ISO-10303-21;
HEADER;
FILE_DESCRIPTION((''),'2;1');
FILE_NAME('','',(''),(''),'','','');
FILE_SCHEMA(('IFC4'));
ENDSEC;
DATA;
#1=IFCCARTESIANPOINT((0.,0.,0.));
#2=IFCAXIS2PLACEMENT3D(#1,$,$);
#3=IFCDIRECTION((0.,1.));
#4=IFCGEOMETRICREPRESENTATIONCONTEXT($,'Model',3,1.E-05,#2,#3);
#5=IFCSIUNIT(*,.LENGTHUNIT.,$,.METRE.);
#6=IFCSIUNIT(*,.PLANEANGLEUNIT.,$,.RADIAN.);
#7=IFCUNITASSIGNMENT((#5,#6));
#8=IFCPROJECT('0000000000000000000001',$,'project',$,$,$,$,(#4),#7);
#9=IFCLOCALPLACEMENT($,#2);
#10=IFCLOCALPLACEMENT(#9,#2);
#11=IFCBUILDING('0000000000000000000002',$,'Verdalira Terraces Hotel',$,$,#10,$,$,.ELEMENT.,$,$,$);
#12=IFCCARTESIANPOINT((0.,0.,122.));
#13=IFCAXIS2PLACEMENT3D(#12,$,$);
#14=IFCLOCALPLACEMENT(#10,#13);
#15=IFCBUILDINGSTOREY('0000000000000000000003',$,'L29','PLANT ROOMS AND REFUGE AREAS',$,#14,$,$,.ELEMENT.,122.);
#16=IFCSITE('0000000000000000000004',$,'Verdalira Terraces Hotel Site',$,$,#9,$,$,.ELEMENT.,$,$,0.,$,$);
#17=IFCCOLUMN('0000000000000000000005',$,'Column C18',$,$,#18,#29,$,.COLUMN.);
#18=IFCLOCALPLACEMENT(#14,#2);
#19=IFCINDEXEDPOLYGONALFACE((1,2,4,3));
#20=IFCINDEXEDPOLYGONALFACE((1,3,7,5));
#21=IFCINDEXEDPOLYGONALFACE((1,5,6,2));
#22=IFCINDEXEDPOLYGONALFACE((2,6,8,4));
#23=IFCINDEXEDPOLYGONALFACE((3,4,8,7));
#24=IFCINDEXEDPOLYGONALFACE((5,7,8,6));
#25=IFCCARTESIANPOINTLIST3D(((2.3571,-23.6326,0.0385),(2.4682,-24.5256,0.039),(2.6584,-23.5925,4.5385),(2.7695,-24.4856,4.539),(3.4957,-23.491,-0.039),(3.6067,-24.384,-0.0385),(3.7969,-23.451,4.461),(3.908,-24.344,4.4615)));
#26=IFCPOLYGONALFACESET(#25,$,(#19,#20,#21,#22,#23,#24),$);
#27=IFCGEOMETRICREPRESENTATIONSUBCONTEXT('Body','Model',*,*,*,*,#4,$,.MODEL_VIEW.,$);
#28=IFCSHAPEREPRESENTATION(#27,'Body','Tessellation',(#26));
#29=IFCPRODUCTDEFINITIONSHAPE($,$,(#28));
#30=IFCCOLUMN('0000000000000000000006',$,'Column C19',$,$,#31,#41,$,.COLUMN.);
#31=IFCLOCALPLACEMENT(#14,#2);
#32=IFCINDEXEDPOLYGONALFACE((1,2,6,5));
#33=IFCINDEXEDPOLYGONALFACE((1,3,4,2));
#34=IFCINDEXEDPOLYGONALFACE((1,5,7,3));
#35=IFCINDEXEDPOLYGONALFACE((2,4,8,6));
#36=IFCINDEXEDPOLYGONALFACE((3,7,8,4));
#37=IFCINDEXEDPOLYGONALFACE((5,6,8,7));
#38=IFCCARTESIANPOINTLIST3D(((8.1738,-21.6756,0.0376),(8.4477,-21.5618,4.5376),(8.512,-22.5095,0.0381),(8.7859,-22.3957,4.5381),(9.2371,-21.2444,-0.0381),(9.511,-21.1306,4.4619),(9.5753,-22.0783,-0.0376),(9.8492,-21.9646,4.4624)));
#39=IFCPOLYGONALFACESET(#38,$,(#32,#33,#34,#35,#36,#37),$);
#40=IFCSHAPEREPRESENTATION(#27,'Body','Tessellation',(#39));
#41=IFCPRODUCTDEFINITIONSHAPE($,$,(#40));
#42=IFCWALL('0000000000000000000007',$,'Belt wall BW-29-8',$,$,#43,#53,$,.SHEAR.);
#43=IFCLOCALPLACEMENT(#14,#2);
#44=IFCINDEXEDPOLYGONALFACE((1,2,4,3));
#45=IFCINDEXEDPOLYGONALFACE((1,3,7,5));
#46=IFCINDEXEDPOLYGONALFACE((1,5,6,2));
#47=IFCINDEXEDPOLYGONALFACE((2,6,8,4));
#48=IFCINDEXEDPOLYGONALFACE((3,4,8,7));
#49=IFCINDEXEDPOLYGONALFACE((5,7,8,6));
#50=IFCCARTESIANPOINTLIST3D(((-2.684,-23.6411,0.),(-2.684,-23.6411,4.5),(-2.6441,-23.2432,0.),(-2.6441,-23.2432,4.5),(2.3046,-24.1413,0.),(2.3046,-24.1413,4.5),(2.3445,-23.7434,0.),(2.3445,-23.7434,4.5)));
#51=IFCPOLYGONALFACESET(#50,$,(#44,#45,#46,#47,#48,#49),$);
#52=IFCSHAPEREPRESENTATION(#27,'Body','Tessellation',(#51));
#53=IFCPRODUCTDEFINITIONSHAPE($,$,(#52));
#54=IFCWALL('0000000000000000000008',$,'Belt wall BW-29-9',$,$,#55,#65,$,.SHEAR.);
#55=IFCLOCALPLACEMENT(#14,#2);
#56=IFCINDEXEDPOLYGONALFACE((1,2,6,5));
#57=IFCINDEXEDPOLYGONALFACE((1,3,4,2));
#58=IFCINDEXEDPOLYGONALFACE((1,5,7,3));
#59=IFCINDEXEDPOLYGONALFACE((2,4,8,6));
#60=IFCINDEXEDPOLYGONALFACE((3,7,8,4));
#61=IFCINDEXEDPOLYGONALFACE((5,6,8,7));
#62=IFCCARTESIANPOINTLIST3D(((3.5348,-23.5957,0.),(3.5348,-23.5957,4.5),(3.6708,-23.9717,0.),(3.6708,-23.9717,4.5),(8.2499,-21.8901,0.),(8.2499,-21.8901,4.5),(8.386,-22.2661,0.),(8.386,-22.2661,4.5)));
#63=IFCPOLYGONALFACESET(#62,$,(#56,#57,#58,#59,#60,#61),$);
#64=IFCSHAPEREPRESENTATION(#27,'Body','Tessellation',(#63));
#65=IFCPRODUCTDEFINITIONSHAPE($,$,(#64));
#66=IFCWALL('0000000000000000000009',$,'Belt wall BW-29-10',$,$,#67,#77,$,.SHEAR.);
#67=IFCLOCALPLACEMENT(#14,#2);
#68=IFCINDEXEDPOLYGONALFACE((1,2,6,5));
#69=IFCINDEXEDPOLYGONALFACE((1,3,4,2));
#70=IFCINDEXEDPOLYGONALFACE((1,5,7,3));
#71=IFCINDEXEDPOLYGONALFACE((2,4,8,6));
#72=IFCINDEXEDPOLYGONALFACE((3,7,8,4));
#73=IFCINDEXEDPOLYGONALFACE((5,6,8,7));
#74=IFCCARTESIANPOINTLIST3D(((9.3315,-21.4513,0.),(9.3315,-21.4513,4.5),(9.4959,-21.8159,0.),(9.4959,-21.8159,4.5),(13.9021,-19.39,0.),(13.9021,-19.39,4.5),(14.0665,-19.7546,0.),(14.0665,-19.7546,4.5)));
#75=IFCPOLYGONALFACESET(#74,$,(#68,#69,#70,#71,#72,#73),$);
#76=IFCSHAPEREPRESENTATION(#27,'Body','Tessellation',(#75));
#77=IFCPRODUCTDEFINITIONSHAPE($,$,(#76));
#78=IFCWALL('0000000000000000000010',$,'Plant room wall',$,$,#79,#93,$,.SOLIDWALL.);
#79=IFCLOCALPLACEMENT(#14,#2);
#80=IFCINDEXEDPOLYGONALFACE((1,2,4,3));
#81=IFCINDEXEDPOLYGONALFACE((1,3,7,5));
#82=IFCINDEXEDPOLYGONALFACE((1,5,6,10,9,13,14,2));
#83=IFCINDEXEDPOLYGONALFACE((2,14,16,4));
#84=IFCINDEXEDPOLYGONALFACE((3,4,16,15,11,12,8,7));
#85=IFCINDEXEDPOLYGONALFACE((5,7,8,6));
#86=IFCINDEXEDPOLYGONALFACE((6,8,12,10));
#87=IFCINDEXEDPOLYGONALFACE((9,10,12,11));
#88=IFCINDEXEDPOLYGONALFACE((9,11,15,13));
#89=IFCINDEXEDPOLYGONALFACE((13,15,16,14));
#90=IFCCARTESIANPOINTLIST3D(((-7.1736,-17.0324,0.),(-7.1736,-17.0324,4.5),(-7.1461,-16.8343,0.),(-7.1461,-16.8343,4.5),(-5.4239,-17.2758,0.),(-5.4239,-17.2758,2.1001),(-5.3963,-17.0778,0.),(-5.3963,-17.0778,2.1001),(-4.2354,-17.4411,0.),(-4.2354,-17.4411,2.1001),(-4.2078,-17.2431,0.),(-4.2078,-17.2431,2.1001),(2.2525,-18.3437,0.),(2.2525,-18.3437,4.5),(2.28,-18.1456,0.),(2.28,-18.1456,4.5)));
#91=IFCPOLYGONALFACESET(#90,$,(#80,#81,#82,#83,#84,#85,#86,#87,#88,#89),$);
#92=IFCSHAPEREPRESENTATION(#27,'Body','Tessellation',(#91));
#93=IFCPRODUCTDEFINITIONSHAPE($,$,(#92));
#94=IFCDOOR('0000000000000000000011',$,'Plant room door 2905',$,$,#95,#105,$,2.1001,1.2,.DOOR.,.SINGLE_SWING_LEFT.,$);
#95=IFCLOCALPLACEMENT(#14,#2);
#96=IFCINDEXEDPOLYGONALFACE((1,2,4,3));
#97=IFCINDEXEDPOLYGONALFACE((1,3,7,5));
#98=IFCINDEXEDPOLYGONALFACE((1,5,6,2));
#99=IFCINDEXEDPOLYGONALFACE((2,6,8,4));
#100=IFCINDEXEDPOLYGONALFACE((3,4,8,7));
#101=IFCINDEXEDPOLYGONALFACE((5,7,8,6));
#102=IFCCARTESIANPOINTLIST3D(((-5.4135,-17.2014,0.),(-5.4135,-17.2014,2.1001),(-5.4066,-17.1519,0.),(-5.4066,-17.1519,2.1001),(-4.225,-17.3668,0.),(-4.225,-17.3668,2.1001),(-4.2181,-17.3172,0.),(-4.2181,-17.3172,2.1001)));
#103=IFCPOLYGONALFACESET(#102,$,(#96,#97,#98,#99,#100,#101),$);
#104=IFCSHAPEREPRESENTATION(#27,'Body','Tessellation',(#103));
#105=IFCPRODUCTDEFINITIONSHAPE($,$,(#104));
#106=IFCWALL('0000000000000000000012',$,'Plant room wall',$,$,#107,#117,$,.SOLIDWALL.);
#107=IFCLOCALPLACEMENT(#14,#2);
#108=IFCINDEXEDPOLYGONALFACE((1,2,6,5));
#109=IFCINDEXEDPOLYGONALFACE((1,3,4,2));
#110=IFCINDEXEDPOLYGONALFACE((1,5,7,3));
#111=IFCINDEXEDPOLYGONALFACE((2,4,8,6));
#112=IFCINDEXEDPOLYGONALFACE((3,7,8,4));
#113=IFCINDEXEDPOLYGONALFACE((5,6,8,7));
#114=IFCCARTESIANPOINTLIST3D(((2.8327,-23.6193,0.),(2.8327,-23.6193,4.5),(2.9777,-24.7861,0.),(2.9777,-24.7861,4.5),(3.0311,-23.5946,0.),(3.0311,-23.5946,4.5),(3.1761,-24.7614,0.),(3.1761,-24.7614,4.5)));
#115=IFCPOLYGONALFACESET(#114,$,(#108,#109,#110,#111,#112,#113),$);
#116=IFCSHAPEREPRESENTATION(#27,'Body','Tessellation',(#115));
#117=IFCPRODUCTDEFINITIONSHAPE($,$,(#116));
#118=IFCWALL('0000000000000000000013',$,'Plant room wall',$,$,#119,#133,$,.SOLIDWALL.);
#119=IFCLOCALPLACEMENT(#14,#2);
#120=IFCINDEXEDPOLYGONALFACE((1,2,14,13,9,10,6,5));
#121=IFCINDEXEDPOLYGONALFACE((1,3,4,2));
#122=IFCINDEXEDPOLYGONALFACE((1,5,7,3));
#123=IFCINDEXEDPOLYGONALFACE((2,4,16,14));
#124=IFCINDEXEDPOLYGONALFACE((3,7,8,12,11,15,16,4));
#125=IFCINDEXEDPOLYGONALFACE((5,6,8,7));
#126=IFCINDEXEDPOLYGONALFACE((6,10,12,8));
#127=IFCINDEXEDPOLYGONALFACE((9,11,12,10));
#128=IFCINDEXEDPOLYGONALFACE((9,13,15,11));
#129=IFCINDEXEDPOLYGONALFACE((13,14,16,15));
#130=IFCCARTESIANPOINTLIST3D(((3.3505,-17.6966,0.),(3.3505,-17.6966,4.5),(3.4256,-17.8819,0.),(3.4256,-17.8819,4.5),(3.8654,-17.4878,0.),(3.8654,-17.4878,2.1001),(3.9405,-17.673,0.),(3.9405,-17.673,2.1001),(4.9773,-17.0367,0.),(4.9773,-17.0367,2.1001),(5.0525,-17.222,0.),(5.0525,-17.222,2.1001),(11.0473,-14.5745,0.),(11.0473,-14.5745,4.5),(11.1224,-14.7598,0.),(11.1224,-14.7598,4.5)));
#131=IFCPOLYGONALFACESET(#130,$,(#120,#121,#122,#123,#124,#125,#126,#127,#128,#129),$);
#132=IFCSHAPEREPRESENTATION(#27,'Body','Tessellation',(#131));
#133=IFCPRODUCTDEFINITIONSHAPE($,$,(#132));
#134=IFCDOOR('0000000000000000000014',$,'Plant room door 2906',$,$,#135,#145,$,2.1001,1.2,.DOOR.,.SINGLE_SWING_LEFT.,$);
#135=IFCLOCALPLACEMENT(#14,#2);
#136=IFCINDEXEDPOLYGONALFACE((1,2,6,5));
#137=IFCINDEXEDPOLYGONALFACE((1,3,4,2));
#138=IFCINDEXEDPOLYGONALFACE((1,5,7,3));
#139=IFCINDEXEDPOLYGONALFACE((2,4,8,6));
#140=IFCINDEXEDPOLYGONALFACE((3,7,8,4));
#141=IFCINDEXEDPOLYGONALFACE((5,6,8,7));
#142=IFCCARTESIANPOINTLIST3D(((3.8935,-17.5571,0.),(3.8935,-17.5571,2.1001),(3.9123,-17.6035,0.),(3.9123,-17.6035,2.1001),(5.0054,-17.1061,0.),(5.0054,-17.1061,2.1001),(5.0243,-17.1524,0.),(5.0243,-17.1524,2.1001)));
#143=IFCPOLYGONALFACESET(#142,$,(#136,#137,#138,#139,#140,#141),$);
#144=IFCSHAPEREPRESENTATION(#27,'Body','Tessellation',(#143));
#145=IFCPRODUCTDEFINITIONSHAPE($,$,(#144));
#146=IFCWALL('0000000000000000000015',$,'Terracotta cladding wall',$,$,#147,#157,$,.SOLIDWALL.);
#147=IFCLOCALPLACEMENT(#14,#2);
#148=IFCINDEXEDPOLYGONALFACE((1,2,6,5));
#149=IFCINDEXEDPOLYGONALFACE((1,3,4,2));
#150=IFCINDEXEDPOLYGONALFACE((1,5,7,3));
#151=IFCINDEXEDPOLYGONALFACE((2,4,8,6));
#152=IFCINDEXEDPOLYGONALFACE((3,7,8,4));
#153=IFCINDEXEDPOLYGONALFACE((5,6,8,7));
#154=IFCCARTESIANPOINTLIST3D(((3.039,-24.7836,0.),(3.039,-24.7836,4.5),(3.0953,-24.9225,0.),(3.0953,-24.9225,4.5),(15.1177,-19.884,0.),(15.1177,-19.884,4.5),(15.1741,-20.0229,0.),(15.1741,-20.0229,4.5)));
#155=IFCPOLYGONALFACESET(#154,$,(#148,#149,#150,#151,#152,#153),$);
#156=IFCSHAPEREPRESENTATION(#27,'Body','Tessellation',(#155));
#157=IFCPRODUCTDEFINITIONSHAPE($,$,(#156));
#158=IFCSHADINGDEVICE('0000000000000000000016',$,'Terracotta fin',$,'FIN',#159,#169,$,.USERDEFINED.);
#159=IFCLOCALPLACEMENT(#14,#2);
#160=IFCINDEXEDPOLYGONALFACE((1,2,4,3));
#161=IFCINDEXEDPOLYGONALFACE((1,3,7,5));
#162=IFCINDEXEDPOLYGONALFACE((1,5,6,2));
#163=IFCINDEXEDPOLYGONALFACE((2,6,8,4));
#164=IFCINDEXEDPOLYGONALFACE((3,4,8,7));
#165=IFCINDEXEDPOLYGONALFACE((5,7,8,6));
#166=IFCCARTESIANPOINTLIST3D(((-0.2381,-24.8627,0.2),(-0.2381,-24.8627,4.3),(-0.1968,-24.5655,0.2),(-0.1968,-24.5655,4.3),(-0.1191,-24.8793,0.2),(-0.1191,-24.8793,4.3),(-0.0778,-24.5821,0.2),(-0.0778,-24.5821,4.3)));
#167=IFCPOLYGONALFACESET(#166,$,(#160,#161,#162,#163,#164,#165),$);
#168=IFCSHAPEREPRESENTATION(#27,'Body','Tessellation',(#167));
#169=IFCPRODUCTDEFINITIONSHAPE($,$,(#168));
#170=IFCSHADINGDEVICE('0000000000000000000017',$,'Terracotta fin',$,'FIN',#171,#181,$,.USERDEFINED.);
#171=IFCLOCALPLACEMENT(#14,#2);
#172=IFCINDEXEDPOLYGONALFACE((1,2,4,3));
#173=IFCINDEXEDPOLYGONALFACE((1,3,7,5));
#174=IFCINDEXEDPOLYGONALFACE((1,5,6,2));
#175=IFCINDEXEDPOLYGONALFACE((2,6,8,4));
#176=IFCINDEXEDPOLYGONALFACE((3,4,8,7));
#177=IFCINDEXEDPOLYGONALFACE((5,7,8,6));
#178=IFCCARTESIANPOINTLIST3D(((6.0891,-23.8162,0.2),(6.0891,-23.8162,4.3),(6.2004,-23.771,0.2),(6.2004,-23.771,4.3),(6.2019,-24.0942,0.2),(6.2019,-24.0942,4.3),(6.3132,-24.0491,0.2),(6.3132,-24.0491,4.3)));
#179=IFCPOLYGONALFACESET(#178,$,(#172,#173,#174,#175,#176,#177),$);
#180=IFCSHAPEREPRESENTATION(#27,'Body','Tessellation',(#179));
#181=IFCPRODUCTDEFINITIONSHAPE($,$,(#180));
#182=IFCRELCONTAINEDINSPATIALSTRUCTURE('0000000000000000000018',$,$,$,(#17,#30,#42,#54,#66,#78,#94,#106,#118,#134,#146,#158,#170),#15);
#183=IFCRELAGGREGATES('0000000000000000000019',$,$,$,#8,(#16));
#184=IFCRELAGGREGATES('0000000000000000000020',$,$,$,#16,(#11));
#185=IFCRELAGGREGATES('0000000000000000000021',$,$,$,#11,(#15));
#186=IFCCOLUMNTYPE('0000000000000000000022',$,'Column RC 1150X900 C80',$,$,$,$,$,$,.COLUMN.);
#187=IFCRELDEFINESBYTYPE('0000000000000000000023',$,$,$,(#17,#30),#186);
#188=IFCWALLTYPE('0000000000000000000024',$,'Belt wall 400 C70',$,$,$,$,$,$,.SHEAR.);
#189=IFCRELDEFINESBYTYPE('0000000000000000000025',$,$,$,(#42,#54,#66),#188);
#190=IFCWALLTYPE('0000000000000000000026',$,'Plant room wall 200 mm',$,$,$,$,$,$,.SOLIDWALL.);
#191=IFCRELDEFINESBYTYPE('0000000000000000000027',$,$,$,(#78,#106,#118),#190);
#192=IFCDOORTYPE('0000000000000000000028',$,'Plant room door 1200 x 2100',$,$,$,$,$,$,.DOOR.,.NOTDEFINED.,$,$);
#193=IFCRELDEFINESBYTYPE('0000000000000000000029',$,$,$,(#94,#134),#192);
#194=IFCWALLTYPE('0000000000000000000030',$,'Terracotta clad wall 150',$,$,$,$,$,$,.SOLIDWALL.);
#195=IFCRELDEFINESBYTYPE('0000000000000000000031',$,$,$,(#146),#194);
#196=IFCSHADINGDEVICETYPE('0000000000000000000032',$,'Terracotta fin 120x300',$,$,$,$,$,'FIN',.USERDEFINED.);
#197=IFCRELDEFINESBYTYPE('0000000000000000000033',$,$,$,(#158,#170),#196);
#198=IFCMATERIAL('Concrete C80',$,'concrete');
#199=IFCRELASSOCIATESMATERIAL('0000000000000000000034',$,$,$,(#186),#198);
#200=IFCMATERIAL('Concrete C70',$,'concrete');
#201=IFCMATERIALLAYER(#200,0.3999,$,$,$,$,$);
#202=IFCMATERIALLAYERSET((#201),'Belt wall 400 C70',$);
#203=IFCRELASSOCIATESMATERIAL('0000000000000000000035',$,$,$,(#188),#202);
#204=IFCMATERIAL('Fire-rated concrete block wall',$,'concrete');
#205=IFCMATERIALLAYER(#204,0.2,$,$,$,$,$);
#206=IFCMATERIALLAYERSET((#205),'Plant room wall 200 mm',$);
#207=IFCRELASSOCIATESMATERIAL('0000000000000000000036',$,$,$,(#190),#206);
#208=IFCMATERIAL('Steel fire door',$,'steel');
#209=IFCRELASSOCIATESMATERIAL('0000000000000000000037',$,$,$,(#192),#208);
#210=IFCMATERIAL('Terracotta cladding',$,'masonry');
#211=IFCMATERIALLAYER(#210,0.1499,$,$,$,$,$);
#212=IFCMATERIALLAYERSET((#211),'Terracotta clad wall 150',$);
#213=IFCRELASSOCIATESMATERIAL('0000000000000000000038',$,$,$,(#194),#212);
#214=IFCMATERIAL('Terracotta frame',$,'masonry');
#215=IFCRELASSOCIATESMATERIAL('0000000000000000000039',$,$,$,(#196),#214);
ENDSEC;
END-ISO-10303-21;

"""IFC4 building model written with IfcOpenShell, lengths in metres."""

from ifc_helpers import new_model, si_unit, direction, frame, frame_2d, origin, origin_2d, place, context, subcontext, project, spatial, rectangle, extrude, material, layer, layer_set, material_profile, profile_set, type_object, element, fill, save


model = new_model("IFC4")

# Units and contexts
model_context = context("Model", 3, precision=1e-05, world=origin(), true_north=direction((0.0, 1.0)))
body_context = subcontext(model_context, "Body", "Model", "MODEL_VIEW")
ifc_project = project(units=[si_unit("LENGTHUNIT", "METRE"), si_unit("PLANEANGLEUNIT", "RADIAN")], contexts=[model_context])

# Site, building, storey
site_placement = place(None, origin())
site = spatial("IfcSite", under=ifc_project, at=site_placement, Name="Verdalira Terraces Hotel Site", CompositionType="ELEMENT", RefElevation=0.0)
building_placement = place(site_placement, origin())
building = spatial("IfcBuilding", under=site, at=building_placement, Name="Verdalira Terraces Hotel", CompositionType="ELEMENT")
storey_placement = place(building_placement, frame((0.0, 0.0, 122.0)))
storey = spatial("IfcBuildingStorey", under=building, at=storey_placement, Name="L29", Description="PLANT ROOMS AND REFUGE AREAS", CompositionType="ELEMENT", Elevation=122.0)

# Columns
ifc_material_1 = material(Name="Concrete C80", Category="concrete")
ifc_material_profile_1 = material_profile(ifc_material_1, rectangle(XDim=1.1499, YDim=0.8999, at=origin_2d()), Name="RC 1150X900")
ifc_profile_set_1 = profile_set([ifc_material_profile_1], Name="Concrete C80")
column_type = type_object("IfcColumnType", Name="Column RC 1150X900 C80", PredefinedType="COLUMN", material=ifc_profile_set_1)
column_1_placement = place(storey_placement, frame((2.9819, -24.0083, 0.0), z_axis=(0.066797, 0.008877, 0.997727), x_axis=(-0.990102, -0.123115, 0.067382)))
element("IfcColumn", 1, at=column_1_placement, inside=storey, type_object=column_type, Name="Column C18", PredefinedType="COLUMN", context=body_context, shape_type="SweptSolid", body=[
    extrude(rectangle(XDim=1.1499, YDim=0.8999, at=origin_2d()), origin(), (0.0, 0.0, 1.0), 4.5103),
])
column_2_placement = place(storey_placement, frame((8.8745, -21.877, 0.0), z_axis=(0.060741, 0.025227, 0.997835), x_axis=(0.924703, 0.374966, -0.065769)))
element("IfcColumn", 2, at=column_2_placement, inside=storey, type_object=column_type, Name="Column C19", PredefinedType="COLUMN", context=body_context, shape_type="SweptSolid", body=[
    extrude(rectangle(XDim=1.1499, YDim=0.8999, at=origin_2d()), origin(), (0.0, 0.0, 1.0), 4.5098),
])

# Walls
ifc_material_2 = material(Name="Concrete C70", Category="concrete")
ifc_layer_1 = layer(ifc_material_2, 0.3999)
ifc_layer_set_1 = layer_set([ifc_layer_1], Name="Belt wall 400 C70")
wall_type_1 = type_object("IfcWallType", Name="Belt wall 400 C70", PredefinedType="SHEAR", material=ifc_layer_set_1)
wall_1_placement = place(storey_placement, frame((-2.6641, -23.4421, 0.0), z_axis=(0.0, 0.0, 1.0), x_axis=(0.99501, -0.099774, 0.0)))
element("IfcWall", 3, at=wall_1_placement, inside=storey, type_object=wall_type_1, Name="Belt wall BW-29-8", PredefinedType="SHEAR", context=body_context, shape_type="SweptSolid", body=[
    extrude(rectangle(XDim=5.0137, YDim=0.3999, at=frame_2d((2.5068, 0.0))), origin(), (0.0, 0.0, 1.0), 4.5),
])
wall_2_placement = place(storey_placement, frame((3.6028, -23.7837, 0.0), z_axis=(0.0, 0.0, 1.0), x_axis=(0.940369, 0.340155, 0.0)))
element("IfcWall", 4, at=wall_2_placement, inside=storey, type_object=wall_type_1, Name="Belt wall BW-29-9", PredefinedType="SHEAR", context=body_context, shape_type="SweptSolid", body=[
    extrude(rectangle(XDim=5.0142, YDim=0.3999, at=frame_2d((2.5071, 0.0))), origin(), (0.0, 0.0, 1.0), 4.5),
])
wall_3_placement = place(storey_placement, frame((9.4138, -21.6335, 0.0), z_axis=(0.0, 0.0, 1.0), x_axis=(0.911583, 0.411116, 0.0)))
element("IfcWall", 5, at=wall_3_placement, inside=storey, type_object=wall_type_1, Name="Belt wall BW-29-10", PredefinedType="SHEAR", context=body_context, shape_type="SweptSolid", body=[
    extrude(rectangle(XDim=5.0139, YDim=0.3999, at=frame_2d((2.5068, 0.0))), origin(), (0.0, 0.0, 1.0), 4.5),
])

# Wall, opening, door
ifc_material_3 = material(Name="Fire-rated concrete block wall", Category="concrete")
ifc_layer_2 = layer(ifc_material_3, 0.2)
ifc_layer_set_2 = layer_set([ifc_layer_2], Name="Plant room wall 200 mm")
wall_type_2 = type_object("IfcWallType", Name="Plant room wall 200 mm", PredefinedType="SOLIDWALL", material=ifc_layer_set_2)
wall_4_placement = place(storey_placement, frame((2.2661, -18.2446, 0.0), z_axis=(0.0, 0.0, 1.0), x_axis=(-0.990462, 0.137786, 0.0)))
wall_4 = element("IfcWall", 6, at=wall_4_placement, inside=storey, type_object=wall_type_2, Name="Plant room wall", PredefinedType="SOLIDWALL", context=body_context, shape_type="SweptSolid", body=[
    extrude(rectangle(XDim=9.5168, YDim=0.2, at=frame_2d((4.7583, 0.0))), origin(), (0.0, 0.0, 1.0), 4.5),
])
opening_1_placement = place(wall_4_placement, frame((6.55, 0.0, 0.0)))
opening_1 = element("IfcOpeningElement", 7, at=opening_1_placement, cuts=wall_4, PredefinedType="OPENING", context=body_context, shape_type="SweptSolid", body=[
    extrude(rectangle(XDim=1.2, YDim=2.1001, at=frame_2d((0.6001, 1.05))), frame((0.0, 0.1099, 0.0), z_axis=(0.0, -1.0, 0.0), x_axis=(1.0, 0.0, 0.0)), (0.0, 0.0, 1.0), 0.22),
])
ifc_material_4 = material(Name="Steel fire door", Category="steel")
door_type = type_object("IfcDoorType", Name="Plant room door 1200 x 2100", OperationType="NOTDEFINED", PredefinedType="DOOR", material=ifc_material_4)
door_1_placement = place(opening_1_placement, origin())
door_1 = element("IfcDoor", 8, at=door_1_placement, inside=storey, type_object=door_type, Name="Plant room door 2905", OperationType="SINGLE_SWING_LEFT", OverallHeight=2.1001, OverallWidth=1.2, PredefinedType="DOOR", context=body_context, shape_type="SweptSolid", body=[
    extrude(rectangle(XDim=1.2, YDim=2.1001, at=frame_2d((0.6001, 1.05))), frame((0.0, 0.0249, 0.0), z_axis=(0.0, -1.0, 0.0), x_axis=(1.0, 0.0, 0.0)), (0.0, 0.0, 1.0), 0.05),
])
fill(opening_1, door_1)

# Wall
wall_5_placement = place(storey_placement, frame((2.9319, -23.6069, 0.0), z_axis=(0.0, 0.0, 1.0), x_axis=(0.123345, -0.992364, 0.0)))
element("IfcWall", 9, at=wall_5_placement, inside=storey, type_object=wall_type_2, Name="Plant room wall", PredefinedType="SOLIDWALL", context=body_context, shape_type="SweptSolid", body=[
    extrude(rectangle(XDim=1.1758, YDim=0.2, at=frame_2d((0.5879, 0.0))), origin(), (0.0, 0.0, 1.0), 4.5),
])

# Wall, opening, door
wall_6_placement = place(storey_placement, frame((11.0847, -14.6672, 0.0), z_axis=(0.0, 0.0, 1.0), x_axis=(-0.926666, -0.375887, 0.0)))
wall_6 = element("IfcWall", 10, at=wall_6_placement, inside=storey, type_object=wall_type_2, Name="Plant room wall", PredefinedType="SOLIDWALL", context=body_context, shape_type="SweptSolid", body=[
    extrude(rectangle(XDim=8.3059, YDim=0.2, at=frame_2d((4.1528, 0.0))), origin(), (0.0, 0.0, 1.0), 4.5),
])
opening_2_placement = place(wall_6_placement, frame((6.55, 0.0, 0.0)))
opening_2 = element("IfcOpeningElement", 11, at=opening_2_placement, cuts=wall_6, PredefinedType="OPENING", context=body_context, shape_type="SweptSolid", body=[
    extrude(rectangle(XDim=1.2, YDim=2.1001, at=frame_2d((0.6001, 1.05))), frame((0.0, 0.1099, 0.0), z_axis=(0.0, -1.0, 0.0), x_axis=(1.0, 0.0, 0.0)), (0.0, 0.0, 1.0), 0.22),
])
door_2_placement = place(opening_2_placement, origin())
door_2 = element("IfcDoor", 12, at=door_2_placement, inside=storey, type_object=door_type, Name="Plant room door 2906", OperationType="SINGLE_SWING_LEFT", OverallHeight=2.1001, OverallWidth=1.2, PredefinedType="DOOR", context=body_context, shape_type="SweptSolid", body=[
    extrude(rectangle(XDim=1.2, YDim=2.1001, at=frame_2d((0.6001, 1.05))), frame((0.0, 0.0249, 0.0), z_axis=(0.0, -1.0, 0.0), x_axis=(1.0, 0.0, 0.0)), (0.0, 0.0, 1.0), 0.05),
])
fill(opening_2, door_2)

# Wall
ifc_material_5 = material(Name="Terracotta cladding", Category="masonry")
ifc_layer_3 = layer(ifc_material_5, 0.1499)
ifc_layer_set_3 = layer_set([ifc_layer_3], Name="Terracotta clad wall 150")
wall_type_3 = type_object("IfcWallType", Name="Terracotta clad wall 150", PredefinedType="SOLIDWALL", material=ifc_layer_set_3)
wall_7_placement = place(storey_placement, frame((3.0671, -24.853, 0.0), z_axis=(0.0, 0.0, 1.0), x_axis=(0.926664, 0.375891, 0.0)))
element("IfcWall", 13, at=wall_7_placement, inside=storey, type_object=wall_type_3, Name="Terracotta cladding wall", PredefinedType="SOLIDWALL", context=body_context, shape_type="SweptSolid", body=[
    extrude(rectangle(XDim=13.0347, YDim=0.1499, at=frame_2d((6.5173, 0.0))), origin(), (0.0, 0.0, 1.0), 4.5),
])

# Shading devices
ifc_material_6 = material(Name="Terracotta frame", Category="masonry")
ifc_material_profile_2 = material_profile(ifc_material_6, rectangle(XDim=0.1201, YDim=0.3, at=origin_2d()), Name="FIN 120x300")
ifc_profile_set_2 = profile_set([ifc_material_profile_2], Name="Terracotta frame")
shading_device_type = type_object("IfcShadingDeviceType", Name="Terracotta fin 120x300", ElementType="FIN", PredefinedType="USERDEFINED", material=ifc_profile_set_2)
for number, where, z_axis, x_axis, name in (
    (14, (-0.158, -24.7224, 0.2), (0.0, 0.0, 1.0), (0.990461, -0.13779, 0.0), "Terracotta fin"),
    (15, (6.2012, -23.9326, 0.2), (0.0, 0.0, 1.0), (0.92666, 0.375901, 0.0), "Terracotta fin"),
):
    element("IfcShadingDevice", number, at=place(storey_placement, frame(where, z_axis=z_axis, x_axis=x_axis)), inside=storey, type_object=shading_device_type, Name=name, ObjectType="FIN", PredefinedType="USERDEFINED", context=body_context, shape_type="SweptSolid", body=[
        extrude(rectangle(XDim=0.1201, YDim=0.3, at=origin_2d()), origin(), (0.0, 0.0, 1.0), 4.1001),
    ])

save(model, "model.ifc")
